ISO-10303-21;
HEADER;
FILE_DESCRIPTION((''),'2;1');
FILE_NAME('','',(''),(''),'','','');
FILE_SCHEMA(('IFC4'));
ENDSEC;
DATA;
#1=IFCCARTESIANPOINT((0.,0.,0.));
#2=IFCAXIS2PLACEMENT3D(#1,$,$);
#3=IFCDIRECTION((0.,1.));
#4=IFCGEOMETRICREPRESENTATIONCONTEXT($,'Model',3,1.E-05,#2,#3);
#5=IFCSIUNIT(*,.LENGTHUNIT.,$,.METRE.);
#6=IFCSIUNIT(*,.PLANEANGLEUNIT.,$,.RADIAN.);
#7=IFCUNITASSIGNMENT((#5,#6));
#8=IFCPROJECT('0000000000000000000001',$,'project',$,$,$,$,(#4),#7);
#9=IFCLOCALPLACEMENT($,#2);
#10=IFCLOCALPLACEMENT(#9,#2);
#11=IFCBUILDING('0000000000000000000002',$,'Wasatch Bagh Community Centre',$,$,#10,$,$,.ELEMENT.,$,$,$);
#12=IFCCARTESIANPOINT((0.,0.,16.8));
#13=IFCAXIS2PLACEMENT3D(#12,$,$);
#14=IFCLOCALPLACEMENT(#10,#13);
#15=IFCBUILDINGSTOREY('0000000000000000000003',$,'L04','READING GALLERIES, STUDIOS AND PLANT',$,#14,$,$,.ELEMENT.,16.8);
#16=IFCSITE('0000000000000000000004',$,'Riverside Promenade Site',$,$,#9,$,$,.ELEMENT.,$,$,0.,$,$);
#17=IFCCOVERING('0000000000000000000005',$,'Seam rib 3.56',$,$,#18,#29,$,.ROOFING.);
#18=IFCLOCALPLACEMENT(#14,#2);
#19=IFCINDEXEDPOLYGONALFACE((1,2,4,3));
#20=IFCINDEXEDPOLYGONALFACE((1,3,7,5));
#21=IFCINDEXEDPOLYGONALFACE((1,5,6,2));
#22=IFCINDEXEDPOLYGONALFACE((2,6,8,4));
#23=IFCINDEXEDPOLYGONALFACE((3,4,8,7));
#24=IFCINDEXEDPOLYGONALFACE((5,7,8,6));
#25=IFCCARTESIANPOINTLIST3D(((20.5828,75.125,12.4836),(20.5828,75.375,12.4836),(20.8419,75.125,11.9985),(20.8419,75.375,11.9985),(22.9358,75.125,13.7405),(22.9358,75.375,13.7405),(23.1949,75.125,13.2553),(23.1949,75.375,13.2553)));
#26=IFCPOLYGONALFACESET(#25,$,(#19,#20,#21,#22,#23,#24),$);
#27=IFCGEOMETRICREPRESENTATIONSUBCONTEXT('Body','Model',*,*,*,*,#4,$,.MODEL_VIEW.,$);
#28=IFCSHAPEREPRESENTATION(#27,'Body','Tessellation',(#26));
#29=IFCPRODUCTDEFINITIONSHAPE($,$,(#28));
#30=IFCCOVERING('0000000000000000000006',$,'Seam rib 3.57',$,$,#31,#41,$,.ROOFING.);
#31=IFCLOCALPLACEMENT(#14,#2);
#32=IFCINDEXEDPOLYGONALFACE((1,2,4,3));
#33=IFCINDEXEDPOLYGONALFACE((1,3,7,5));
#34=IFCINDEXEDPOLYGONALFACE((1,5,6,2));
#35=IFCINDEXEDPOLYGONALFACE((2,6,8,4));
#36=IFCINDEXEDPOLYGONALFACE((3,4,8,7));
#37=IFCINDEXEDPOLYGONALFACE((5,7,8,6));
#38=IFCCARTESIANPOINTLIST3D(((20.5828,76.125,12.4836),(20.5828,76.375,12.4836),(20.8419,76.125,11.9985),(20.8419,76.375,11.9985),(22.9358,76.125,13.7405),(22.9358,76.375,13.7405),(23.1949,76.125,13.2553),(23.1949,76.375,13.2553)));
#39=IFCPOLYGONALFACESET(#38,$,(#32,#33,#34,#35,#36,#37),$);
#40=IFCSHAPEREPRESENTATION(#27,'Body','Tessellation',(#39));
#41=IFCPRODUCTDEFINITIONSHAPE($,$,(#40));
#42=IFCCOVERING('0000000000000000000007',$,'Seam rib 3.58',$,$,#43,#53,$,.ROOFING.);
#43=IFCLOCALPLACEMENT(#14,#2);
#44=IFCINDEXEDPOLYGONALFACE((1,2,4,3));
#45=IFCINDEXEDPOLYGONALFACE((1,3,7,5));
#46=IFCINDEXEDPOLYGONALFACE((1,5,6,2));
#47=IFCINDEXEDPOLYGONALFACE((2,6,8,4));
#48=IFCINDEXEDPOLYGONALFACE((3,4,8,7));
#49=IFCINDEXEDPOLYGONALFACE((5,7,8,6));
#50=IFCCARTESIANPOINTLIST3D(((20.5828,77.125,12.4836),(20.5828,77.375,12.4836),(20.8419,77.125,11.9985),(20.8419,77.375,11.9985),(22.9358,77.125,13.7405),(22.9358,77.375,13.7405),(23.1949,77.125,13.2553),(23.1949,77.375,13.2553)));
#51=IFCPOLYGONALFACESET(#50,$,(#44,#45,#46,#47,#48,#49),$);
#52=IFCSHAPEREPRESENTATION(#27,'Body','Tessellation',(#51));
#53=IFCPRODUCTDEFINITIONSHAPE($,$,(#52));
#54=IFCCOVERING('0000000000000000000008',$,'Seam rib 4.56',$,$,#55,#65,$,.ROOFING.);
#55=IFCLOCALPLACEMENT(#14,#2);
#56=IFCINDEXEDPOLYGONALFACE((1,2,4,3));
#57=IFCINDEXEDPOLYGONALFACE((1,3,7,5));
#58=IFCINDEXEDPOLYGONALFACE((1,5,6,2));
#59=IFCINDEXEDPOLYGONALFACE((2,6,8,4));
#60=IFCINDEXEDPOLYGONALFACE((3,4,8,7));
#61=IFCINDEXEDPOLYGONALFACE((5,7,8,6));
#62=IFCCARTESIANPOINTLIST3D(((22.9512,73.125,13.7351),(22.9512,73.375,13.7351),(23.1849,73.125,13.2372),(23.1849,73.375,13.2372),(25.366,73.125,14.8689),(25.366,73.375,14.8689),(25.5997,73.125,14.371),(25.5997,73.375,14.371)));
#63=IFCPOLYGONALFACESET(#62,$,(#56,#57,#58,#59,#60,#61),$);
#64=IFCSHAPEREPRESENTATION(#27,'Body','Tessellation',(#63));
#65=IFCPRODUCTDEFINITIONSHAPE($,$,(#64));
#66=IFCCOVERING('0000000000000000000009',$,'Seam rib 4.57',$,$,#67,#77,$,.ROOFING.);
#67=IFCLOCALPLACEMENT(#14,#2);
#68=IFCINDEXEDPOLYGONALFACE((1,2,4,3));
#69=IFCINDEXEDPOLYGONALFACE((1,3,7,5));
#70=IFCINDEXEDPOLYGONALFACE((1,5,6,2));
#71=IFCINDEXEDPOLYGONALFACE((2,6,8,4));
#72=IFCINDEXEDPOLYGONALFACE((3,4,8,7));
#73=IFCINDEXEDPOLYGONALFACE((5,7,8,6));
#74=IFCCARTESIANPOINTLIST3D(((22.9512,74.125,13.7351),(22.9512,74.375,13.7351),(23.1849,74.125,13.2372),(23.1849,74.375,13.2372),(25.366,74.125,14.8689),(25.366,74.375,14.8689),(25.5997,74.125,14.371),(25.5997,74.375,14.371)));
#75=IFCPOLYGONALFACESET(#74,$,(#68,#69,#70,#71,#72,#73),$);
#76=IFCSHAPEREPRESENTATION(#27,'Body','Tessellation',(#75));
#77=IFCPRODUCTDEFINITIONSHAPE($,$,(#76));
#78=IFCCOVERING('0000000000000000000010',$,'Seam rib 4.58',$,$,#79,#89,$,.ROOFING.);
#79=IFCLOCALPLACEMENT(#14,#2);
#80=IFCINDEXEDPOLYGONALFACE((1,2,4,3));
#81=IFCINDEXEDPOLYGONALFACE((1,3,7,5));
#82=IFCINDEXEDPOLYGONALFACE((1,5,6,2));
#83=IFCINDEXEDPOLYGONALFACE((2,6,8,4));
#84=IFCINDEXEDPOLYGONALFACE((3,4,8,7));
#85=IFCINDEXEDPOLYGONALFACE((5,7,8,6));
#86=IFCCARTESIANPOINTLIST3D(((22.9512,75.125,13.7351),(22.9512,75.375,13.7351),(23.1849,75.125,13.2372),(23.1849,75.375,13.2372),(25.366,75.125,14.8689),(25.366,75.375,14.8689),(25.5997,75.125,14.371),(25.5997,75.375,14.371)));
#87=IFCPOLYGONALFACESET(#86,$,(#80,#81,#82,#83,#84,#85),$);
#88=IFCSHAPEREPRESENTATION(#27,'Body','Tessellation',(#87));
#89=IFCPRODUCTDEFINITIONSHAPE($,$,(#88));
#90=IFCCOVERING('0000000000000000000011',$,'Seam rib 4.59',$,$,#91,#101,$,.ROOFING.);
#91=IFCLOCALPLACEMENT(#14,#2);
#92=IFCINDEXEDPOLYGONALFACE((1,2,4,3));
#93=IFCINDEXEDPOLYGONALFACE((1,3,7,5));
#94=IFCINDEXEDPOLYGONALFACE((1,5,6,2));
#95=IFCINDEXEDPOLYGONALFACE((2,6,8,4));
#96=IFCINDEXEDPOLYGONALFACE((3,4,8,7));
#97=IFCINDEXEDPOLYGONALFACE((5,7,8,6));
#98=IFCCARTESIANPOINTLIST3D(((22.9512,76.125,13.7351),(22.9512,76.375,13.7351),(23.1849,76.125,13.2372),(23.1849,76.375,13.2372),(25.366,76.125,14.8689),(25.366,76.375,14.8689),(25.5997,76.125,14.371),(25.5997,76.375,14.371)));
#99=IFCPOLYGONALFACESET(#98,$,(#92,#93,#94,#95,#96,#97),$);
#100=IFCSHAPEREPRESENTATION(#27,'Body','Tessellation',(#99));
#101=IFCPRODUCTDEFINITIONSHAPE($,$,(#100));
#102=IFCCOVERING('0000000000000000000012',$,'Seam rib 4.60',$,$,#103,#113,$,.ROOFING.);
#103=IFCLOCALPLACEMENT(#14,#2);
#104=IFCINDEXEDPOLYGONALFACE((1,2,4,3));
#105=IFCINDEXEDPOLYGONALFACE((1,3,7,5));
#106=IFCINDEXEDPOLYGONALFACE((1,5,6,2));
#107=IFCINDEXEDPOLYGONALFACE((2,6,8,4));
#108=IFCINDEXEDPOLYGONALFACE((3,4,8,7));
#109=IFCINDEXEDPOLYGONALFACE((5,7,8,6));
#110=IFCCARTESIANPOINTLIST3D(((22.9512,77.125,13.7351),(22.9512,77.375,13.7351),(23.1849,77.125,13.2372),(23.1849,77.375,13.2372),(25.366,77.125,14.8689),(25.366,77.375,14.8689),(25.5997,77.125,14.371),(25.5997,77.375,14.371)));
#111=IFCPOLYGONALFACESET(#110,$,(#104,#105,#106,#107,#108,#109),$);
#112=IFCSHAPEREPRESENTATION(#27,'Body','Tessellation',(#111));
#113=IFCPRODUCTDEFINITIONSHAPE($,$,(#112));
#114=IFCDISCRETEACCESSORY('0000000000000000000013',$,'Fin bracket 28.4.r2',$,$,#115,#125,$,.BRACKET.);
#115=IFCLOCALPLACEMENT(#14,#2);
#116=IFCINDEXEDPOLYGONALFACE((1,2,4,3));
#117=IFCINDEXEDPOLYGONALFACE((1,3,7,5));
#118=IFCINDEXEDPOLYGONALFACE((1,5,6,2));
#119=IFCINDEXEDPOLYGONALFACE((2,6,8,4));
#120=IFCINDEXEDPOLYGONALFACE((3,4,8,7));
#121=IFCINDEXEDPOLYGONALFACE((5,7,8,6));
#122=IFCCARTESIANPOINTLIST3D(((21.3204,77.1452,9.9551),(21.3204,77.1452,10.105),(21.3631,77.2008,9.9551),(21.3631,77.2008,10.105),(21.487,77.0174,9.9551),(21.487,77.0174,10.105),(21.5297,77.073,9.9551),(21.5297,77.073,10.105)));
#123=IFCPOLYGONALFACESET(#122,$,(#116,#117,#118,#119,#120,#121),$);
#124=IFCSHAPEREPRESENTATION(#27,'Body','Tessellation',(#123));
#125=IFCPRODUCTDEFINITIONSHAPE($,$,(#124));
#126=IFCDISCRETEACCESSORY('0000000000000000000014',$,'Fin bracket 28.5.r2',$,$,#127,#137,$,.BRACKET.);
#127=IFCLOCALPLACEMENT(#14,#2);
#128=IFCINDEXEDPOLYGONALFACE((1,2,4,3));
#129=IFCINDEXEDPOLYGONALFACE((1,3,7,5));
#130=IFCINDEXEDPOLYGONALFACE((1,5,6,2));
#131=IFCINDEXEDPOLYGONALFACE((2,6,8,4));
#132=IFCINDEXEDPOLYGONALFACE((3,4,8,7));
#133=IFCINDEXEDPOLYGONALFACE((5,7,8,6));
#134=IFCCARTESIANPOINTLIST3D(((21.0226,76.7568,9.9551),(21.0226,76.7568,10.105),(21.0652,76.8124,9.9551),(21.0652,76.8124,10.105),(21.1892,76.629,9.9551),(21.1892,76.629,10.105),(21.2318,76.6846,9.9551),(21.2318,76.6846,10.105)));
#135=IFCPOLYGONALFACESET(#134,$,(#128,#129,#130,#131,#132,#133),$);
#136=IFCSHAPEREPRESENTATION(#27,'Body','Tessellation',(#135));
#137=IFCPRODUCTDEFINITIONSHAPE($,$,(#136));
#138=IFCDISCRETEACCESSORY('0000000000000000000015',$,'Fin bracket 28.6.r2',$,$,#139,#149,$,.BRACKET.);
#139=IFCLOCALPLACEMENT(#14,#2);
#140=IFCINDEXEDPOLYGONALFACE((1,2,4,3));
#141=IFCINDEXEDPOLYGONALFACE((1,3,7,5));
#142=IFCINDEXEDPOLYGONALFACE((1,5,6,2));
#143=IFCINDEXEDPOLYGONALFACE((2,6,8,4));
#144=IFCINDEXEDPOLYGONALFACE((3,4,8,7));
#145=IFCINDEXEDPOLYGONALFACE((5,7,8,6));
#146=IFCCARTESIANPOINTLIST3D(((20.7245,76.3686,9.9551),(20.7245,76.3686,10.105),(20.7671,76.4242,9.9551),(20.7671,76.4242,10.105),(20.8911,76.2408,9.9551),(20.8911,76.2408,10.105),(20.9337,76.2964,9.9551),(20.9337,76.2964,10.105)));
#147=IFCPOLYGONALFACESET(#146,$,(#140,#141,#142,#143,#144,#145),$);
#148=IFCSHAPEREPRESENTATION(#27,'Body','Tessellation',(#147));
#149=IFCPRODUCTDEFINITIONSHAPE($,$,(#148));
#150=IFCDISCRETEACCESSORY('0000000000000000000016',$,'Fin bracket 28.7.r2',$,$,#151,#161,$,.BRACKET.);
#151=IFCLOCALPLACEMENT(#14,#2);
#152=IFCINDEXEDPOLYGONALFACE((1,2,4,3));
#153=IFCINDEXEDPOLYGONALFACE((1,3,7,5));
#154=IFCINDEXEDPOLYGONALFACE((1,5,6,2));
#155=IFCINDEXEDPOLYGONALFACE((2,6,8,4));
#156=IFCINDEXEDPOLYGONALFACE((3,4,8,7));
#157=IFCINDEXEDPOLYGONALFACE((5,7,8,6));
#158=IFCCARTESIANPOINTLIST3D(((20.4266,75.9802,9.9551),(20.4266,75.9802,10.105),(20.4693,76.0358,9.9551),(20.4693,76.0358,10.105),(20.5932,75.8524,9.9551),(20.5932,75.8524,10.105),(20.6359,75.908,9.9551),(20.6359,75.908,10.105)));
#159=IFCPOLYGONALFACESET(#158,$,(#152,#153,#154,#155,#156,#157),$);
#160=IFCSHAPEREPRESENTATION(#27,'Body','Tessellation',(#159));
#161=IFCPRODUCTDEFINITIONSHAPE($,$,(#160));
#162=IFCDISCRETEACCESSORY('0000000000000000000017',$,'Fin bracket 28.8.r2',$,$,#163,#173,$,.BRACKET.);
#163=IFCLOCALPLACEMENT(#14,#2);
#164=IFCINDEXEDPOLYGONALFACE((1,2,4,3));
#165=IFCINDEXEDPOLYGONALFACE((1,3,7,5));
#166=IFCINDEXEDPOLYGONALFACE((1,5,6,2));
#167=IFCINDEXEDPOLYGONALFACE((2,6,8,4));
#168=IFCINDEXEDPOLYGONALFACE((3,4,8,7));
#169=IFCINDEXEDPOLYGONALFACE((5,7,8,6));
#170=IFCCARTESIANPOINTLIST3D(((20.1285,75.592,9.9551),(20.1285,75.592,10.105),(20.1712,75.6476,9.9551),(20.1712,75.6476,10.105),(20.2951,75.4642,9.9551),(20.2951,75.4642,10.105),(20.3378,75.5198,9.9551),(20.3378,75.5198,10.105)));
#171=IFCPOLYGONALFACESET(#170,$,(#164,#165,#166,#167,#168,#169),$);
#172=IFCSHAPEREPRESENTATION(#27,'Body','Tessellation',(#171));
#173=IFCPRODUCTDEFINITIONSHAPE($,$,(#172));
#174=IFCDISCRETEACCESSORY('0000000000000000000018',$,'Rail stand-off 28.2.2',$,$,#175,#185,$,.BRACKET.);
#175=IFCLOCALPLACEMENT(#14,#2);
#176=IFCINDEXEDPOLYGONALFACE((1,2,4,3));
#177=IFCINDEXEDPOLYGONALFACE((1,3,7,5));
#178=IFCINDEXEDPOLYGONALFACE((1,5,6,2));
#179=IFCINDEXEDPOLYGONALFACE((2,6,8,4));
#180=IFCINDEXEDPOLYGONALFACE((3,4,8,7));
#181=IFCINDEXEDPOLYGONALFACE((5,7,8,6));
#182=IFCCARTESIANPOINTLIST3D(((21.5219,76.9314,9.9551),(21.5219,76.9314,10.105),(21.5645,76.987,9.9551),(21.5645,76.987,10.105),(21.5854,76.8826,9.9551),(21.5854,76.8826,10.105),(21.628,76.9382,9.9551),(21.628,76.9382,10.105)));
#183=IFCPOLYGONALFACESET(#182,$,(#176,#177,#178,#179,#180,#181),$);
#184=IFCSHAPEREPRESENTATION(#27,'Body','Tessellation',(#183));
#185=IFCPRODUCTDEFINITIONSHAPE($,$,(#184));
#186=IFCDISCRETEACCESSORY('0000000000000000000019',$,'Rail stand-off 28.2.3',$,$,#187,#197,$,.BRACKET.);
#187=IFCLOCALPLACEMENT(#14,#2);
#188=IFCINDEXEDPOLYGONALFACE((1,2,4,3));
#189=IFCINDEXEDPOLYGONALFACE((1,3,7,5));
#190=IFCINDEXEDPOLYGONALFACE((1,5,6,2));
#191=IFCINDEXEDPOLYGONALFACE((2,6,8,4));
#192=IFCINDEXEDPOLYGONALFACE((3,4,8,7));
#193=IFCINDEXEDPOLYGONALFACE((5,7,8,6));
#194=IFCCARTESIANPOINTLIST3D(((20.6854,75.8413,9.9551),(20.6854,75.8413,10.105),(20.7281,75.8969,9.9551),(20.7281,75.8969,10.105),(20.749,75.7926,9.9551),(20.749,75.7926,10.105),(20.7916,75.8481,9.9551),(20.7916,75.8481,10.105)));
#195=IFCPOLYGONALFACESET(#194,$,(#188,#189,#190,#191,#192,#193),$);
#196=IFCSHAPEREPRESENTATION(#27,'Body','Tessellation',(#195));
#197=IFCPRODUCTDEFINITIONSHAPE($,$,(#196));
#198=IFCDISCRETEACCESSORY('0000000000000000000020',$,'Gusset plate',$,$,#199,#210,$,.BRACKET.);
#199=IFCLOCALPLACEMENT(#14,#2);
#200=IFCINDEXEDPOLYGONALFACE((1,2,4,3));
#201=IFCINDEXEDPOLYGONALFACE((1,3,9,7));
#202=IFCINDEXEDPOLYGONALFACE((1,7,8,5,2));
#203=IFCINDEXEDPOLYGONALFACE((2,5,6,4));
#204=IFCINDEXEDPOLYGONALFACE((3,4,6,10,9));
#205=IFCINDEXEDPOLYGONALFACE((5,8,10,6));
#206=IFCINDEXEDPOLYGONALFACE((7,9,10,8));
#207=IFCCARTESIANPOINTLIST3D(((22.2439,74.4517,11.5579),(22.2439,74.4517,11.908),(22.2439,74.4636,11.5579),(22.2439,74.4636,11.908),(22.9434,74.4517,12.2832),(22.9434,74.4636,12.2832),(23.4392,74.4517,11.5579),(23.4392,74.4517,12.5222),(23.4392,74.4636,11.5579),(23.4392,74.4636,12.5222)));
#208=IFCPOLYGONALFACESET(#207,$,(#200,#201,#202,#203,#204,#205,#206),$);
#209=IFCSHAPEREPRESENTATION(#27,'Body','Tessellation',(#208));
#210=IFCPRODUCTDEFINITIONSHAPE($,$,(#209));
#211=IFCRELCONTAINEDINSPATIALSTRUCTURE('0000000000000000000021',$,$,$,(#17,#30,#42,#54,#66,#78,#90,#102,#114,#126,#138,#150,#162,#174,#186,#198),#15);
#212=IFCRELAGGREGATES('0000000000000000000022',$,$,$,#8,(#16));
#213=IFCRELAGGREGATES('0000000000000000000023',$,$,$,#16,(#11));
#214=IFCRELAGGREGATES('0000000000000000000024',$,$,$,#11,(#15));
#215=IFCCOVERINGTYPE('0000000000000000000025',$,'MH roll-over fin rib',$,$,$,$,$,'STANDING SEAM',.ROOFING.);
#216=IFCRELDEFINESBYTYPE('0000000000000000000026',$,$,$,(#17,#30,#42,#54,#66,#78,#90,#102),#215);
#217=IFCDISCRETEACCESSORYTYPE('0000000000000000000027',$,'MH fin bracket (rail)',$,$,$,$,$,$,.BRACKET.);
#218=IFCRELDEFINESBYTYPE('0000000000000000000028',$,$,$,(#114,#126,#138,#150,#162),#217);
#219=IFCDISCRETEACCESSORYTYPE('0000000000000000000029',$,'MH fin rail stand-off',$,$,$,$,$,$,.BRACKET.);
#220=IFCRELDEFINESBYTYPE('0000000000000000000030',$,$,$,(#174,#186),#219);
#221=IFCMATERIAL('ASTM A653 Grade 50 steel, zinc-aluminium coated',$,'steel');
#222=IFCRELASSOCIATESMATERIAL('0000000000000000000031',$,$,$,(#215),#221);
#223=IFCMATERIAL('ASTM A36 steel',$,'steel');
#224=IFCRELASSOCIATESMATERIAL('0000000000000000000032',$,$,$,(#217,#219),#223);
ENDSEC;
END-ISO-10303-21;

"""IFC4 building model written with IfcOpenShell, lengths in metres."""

from ifc_helpers import new_model, si_unit, direction, frame, origin, origin_2d, place, context, subcontext, project, spatial, polyline, rectangle, outline, extrude, material, type_object, element, save


model = new_model("IFC4")

# Units and contexts
model_context = context("Model", 3, precision=1e-05, world=origin(), true_north=direction((0.0, 1.0)))
body_context = subcontext(model_context, "Body", "Model", "MODEL_VIEW")
ifc_project = project(units=[si_unit("LENGTHUNIT", "METRE"), si_unit("PLANEANGLEUNIT", "RADIAN")], contexts=[model_context])

# Site, building, storey
site_placement = place(None, origin())
site = spatial("IfcSite", under=ifc_project, at=site_placement, Name="Riverside Promenade Site", CompositionType="ELEMENT", RefElevation=0.0)
building_placement = place(site_placement, origin())
building = spatial("IfcBuilding", under=site, at=building_placement, Name="Wasatch Bagh Community Centre", CompositionType="ELEMENT")
storey_placement = place(building_placement, frame((0.0, 0.0, 16.8)))
storey = spatial("IfcBuildingStorey", under=building, at=storey_placement, Name="L04", Description="READING GALLERIES, STUDIOS AND PLANT", CompositionType="ELEMENT", Elevation=16.8)

# Coverings
ifc_material_1 = material(Name="ASTM A653 Grade 50 steel, zinc-aluminium coated", Category="steel")
covering_type = type_object("IfcCoveringType", Name="MH roll-over fin rib", ElementType="STANDING SEAM", PredefinedType="ROOFING", material=ifc_material_1)
for number, where, z_axis, x_axis, name in (
    (1, (20.5828, 75.125, 12.4836), (-0.471139, 0.0, 0.882059), (0.882059, 0.0, 0.471139), "Seam rib 3.56"),
    (2, (20.5828, 76.125, 12.4836), (-0.471139, 0.0, 0.882059), (0.882059, 0.0, 0.471139), "Seam rib 3.57"),
    (3, (20.5828, 77.125, 12.4836), (-0.471139, 0.0, 0.882059), (0.882059, 0.0, 0.471139), "Seam rib 3.58"),
):
    element("IfcCovering", number, at=place(storey_placement, frame(where, z_axis=z_axis, x_axis=x_axis)), inside=storey, type_object=covering_type, Name=name, PredefinedType="ROOFING", context=body_context, shape_type="SweptSolid", body=[
        extrude(outline(polyline([(0.0, 0.0), (2.6677, 0.0), (2.6677, 0.25), (0.0, 0.25), (0.0, 0.0)])), origin(), (0.0, 0.0, -1.0), 0.55),
    ])
for number, where, z_axis, x_axis, name in (
    (4, (22.9512, 73.125, 13.7351), (-0.425004, 0.0, 0.905192), (0.905192, 0.0, 0.425004), "Seam rib 4.56"),
    (5, (22.9512, 74.125, 13.7351), (-0.425004, 0.0, 0.905192), (0.905192, 0.0, 0.425004), "Seam rib 4.57"),
    (6, (22.9512, 75.125, 13.7351), (-0.425004, 0.0, 0.905192), (0.905192, 0.0, 0.425004), "Seam rib 4.58"),
    (7, (22.9512, 76.125, 13.7351), (-0.425004, 0.0, 0.905192), (0.905192, 0.0, 0.425004), "Seam rib 4.59"),
    (8, (22.9512, 77.125, 13.7351), (-0.425004, 0.0, 0.905192), (0.905192, 0.0, 0.425004), "Seam rib 4.60"),
):
    element("IfcCovering", number, at=place(storey_placement, frame(where, z_axis=z_axis, x_axis=x_axis)), inside=storey, type_object=covering_type, Name=name, PredefinedType="ROOFING", context=body_context, shape_type="SweptSolid", body=[
        extrude(outline(polyline([(0.0, 0.0), (2.6677, 0.0), (2.6677, 0.25), (0.0, 0.25), (0.0, 0.0)])), origin(), (0.0, 0.0, -1.0), 0.55),
    ])

# Discrete accessories
ifc_material_2 = material(Name="ASTM A36 steel", Category="steel")
discrete_accessory_type_1 = type_object("IfcDiscreteAccessoryType", Name="MH fin bracket (rail)", PredefinedType="BRACKET", material=ifc_material_2)
for number, where, z_axis, x_axis, name in (
    (9, (21.425, 77.1091, 9.9551), (0.0, 0.0, 1.0), (-0.608761, -0.793353, 0.0), "Fin bracket 28.4.r2"),
    (10, (21.1272, 76.7207, 9.9551), (0.0, 0.0, 1.0), (-0.608761, -0.793353, 0.0), "Fin bracket 28.5.r2"),
    (11, (20.8291, 76.3325, 9.9551), (0.0, 0.0, 1.0), (-0.608761, -0.793353, 0.0), "Fin bracket 28.6.r2"),
    (12, (20.5312, 75.9441, 9.9551), (0.0, 0.0, 1.0), (-0.608761, -0.793353, 0.0), "Fin bracket 28.7.r2"),
    (13, (20.2332, 75.5559, 9.9551), (0.0, 0.0, 1.0), (-0.608761, -0.793353, 0.0), "Fin bracket 28.8.r2"),
):
    element("IfcDiscreteAccessory", number, at=place(storey_placement, frame(where, z_axis=z_axis, x_axis=x_axis)), inside=storey, type_object=discrete_accessory_type_1, Name=name, PredefinedType="BRACKET", context=body_context, shape_type="SweptSolid", body=[
        extrude(rectangle(XDim=0.0701, YDim=0.21, at=origin_2d()), origin(), (0.0, 0.0, 1.0), 0.1499),
    ])
discrete_accessory_type_2 = type_object("IfcDiscreteAccessoryType", Name="MH fin rail stand-off", PredefinedType="BRACKET", material=ifc_material_2)
for number, where, z_axis, x_axis, name in (
    (14, (21.575, 76.9348, 9.9551), (0.0, 0.0, 1.0), (-0.608761, -0.793353, 0.0), "Rail stand-off 28.2.2"),
    (15, (20.7385, 75.8447, 9.9551), (0.0, 0.0, 1.0), (-0.608761, -0.793353, 0.0), "Rail stand-off 28.2.3"),
):
    element("IfcDiscreteAccessory", number, at=place(storey_placement, frame(where, z_axis=z_axis, x_axis=x_axis)), inside=storey, type_object=discrete_accessory_type_2, Name=name, PredefinedType="BRACKET", context=body_context, shape_type="SweptSolid", body=[
        extrude(rectangle(XDim=0.0701, YDim=0.0801, at=origin_2d()), origin(), (0.0, 0.0, 1.0), 0.1499),
    ])
discrete_accessory_placement = place(storey_placement, frame((22.2439, 74.4636, 11.908), z_axis=(0.0, 1.0, 0.0), x_axis=(0.881201, 0.0, 0.472742)))
element("IfcDiscreteAccessory", 16, at=discrete_accessory_placement, inside=storey, Name="Gusset plate", PredefinedType="BRACKET", context=body_context, shape_type="SweptSolid", body=[
    extrude(outline(polyline([(0.0, 0.0), (0.7938, 0.0), (1.3437, 0.0238), (0.8878, 0.8736), (-0.1655, 0.3085), (0.0, 0.0)])), origin(), (0.0, 0.0, -1.0), 0.012),
])

save(model, "model.ifc")
